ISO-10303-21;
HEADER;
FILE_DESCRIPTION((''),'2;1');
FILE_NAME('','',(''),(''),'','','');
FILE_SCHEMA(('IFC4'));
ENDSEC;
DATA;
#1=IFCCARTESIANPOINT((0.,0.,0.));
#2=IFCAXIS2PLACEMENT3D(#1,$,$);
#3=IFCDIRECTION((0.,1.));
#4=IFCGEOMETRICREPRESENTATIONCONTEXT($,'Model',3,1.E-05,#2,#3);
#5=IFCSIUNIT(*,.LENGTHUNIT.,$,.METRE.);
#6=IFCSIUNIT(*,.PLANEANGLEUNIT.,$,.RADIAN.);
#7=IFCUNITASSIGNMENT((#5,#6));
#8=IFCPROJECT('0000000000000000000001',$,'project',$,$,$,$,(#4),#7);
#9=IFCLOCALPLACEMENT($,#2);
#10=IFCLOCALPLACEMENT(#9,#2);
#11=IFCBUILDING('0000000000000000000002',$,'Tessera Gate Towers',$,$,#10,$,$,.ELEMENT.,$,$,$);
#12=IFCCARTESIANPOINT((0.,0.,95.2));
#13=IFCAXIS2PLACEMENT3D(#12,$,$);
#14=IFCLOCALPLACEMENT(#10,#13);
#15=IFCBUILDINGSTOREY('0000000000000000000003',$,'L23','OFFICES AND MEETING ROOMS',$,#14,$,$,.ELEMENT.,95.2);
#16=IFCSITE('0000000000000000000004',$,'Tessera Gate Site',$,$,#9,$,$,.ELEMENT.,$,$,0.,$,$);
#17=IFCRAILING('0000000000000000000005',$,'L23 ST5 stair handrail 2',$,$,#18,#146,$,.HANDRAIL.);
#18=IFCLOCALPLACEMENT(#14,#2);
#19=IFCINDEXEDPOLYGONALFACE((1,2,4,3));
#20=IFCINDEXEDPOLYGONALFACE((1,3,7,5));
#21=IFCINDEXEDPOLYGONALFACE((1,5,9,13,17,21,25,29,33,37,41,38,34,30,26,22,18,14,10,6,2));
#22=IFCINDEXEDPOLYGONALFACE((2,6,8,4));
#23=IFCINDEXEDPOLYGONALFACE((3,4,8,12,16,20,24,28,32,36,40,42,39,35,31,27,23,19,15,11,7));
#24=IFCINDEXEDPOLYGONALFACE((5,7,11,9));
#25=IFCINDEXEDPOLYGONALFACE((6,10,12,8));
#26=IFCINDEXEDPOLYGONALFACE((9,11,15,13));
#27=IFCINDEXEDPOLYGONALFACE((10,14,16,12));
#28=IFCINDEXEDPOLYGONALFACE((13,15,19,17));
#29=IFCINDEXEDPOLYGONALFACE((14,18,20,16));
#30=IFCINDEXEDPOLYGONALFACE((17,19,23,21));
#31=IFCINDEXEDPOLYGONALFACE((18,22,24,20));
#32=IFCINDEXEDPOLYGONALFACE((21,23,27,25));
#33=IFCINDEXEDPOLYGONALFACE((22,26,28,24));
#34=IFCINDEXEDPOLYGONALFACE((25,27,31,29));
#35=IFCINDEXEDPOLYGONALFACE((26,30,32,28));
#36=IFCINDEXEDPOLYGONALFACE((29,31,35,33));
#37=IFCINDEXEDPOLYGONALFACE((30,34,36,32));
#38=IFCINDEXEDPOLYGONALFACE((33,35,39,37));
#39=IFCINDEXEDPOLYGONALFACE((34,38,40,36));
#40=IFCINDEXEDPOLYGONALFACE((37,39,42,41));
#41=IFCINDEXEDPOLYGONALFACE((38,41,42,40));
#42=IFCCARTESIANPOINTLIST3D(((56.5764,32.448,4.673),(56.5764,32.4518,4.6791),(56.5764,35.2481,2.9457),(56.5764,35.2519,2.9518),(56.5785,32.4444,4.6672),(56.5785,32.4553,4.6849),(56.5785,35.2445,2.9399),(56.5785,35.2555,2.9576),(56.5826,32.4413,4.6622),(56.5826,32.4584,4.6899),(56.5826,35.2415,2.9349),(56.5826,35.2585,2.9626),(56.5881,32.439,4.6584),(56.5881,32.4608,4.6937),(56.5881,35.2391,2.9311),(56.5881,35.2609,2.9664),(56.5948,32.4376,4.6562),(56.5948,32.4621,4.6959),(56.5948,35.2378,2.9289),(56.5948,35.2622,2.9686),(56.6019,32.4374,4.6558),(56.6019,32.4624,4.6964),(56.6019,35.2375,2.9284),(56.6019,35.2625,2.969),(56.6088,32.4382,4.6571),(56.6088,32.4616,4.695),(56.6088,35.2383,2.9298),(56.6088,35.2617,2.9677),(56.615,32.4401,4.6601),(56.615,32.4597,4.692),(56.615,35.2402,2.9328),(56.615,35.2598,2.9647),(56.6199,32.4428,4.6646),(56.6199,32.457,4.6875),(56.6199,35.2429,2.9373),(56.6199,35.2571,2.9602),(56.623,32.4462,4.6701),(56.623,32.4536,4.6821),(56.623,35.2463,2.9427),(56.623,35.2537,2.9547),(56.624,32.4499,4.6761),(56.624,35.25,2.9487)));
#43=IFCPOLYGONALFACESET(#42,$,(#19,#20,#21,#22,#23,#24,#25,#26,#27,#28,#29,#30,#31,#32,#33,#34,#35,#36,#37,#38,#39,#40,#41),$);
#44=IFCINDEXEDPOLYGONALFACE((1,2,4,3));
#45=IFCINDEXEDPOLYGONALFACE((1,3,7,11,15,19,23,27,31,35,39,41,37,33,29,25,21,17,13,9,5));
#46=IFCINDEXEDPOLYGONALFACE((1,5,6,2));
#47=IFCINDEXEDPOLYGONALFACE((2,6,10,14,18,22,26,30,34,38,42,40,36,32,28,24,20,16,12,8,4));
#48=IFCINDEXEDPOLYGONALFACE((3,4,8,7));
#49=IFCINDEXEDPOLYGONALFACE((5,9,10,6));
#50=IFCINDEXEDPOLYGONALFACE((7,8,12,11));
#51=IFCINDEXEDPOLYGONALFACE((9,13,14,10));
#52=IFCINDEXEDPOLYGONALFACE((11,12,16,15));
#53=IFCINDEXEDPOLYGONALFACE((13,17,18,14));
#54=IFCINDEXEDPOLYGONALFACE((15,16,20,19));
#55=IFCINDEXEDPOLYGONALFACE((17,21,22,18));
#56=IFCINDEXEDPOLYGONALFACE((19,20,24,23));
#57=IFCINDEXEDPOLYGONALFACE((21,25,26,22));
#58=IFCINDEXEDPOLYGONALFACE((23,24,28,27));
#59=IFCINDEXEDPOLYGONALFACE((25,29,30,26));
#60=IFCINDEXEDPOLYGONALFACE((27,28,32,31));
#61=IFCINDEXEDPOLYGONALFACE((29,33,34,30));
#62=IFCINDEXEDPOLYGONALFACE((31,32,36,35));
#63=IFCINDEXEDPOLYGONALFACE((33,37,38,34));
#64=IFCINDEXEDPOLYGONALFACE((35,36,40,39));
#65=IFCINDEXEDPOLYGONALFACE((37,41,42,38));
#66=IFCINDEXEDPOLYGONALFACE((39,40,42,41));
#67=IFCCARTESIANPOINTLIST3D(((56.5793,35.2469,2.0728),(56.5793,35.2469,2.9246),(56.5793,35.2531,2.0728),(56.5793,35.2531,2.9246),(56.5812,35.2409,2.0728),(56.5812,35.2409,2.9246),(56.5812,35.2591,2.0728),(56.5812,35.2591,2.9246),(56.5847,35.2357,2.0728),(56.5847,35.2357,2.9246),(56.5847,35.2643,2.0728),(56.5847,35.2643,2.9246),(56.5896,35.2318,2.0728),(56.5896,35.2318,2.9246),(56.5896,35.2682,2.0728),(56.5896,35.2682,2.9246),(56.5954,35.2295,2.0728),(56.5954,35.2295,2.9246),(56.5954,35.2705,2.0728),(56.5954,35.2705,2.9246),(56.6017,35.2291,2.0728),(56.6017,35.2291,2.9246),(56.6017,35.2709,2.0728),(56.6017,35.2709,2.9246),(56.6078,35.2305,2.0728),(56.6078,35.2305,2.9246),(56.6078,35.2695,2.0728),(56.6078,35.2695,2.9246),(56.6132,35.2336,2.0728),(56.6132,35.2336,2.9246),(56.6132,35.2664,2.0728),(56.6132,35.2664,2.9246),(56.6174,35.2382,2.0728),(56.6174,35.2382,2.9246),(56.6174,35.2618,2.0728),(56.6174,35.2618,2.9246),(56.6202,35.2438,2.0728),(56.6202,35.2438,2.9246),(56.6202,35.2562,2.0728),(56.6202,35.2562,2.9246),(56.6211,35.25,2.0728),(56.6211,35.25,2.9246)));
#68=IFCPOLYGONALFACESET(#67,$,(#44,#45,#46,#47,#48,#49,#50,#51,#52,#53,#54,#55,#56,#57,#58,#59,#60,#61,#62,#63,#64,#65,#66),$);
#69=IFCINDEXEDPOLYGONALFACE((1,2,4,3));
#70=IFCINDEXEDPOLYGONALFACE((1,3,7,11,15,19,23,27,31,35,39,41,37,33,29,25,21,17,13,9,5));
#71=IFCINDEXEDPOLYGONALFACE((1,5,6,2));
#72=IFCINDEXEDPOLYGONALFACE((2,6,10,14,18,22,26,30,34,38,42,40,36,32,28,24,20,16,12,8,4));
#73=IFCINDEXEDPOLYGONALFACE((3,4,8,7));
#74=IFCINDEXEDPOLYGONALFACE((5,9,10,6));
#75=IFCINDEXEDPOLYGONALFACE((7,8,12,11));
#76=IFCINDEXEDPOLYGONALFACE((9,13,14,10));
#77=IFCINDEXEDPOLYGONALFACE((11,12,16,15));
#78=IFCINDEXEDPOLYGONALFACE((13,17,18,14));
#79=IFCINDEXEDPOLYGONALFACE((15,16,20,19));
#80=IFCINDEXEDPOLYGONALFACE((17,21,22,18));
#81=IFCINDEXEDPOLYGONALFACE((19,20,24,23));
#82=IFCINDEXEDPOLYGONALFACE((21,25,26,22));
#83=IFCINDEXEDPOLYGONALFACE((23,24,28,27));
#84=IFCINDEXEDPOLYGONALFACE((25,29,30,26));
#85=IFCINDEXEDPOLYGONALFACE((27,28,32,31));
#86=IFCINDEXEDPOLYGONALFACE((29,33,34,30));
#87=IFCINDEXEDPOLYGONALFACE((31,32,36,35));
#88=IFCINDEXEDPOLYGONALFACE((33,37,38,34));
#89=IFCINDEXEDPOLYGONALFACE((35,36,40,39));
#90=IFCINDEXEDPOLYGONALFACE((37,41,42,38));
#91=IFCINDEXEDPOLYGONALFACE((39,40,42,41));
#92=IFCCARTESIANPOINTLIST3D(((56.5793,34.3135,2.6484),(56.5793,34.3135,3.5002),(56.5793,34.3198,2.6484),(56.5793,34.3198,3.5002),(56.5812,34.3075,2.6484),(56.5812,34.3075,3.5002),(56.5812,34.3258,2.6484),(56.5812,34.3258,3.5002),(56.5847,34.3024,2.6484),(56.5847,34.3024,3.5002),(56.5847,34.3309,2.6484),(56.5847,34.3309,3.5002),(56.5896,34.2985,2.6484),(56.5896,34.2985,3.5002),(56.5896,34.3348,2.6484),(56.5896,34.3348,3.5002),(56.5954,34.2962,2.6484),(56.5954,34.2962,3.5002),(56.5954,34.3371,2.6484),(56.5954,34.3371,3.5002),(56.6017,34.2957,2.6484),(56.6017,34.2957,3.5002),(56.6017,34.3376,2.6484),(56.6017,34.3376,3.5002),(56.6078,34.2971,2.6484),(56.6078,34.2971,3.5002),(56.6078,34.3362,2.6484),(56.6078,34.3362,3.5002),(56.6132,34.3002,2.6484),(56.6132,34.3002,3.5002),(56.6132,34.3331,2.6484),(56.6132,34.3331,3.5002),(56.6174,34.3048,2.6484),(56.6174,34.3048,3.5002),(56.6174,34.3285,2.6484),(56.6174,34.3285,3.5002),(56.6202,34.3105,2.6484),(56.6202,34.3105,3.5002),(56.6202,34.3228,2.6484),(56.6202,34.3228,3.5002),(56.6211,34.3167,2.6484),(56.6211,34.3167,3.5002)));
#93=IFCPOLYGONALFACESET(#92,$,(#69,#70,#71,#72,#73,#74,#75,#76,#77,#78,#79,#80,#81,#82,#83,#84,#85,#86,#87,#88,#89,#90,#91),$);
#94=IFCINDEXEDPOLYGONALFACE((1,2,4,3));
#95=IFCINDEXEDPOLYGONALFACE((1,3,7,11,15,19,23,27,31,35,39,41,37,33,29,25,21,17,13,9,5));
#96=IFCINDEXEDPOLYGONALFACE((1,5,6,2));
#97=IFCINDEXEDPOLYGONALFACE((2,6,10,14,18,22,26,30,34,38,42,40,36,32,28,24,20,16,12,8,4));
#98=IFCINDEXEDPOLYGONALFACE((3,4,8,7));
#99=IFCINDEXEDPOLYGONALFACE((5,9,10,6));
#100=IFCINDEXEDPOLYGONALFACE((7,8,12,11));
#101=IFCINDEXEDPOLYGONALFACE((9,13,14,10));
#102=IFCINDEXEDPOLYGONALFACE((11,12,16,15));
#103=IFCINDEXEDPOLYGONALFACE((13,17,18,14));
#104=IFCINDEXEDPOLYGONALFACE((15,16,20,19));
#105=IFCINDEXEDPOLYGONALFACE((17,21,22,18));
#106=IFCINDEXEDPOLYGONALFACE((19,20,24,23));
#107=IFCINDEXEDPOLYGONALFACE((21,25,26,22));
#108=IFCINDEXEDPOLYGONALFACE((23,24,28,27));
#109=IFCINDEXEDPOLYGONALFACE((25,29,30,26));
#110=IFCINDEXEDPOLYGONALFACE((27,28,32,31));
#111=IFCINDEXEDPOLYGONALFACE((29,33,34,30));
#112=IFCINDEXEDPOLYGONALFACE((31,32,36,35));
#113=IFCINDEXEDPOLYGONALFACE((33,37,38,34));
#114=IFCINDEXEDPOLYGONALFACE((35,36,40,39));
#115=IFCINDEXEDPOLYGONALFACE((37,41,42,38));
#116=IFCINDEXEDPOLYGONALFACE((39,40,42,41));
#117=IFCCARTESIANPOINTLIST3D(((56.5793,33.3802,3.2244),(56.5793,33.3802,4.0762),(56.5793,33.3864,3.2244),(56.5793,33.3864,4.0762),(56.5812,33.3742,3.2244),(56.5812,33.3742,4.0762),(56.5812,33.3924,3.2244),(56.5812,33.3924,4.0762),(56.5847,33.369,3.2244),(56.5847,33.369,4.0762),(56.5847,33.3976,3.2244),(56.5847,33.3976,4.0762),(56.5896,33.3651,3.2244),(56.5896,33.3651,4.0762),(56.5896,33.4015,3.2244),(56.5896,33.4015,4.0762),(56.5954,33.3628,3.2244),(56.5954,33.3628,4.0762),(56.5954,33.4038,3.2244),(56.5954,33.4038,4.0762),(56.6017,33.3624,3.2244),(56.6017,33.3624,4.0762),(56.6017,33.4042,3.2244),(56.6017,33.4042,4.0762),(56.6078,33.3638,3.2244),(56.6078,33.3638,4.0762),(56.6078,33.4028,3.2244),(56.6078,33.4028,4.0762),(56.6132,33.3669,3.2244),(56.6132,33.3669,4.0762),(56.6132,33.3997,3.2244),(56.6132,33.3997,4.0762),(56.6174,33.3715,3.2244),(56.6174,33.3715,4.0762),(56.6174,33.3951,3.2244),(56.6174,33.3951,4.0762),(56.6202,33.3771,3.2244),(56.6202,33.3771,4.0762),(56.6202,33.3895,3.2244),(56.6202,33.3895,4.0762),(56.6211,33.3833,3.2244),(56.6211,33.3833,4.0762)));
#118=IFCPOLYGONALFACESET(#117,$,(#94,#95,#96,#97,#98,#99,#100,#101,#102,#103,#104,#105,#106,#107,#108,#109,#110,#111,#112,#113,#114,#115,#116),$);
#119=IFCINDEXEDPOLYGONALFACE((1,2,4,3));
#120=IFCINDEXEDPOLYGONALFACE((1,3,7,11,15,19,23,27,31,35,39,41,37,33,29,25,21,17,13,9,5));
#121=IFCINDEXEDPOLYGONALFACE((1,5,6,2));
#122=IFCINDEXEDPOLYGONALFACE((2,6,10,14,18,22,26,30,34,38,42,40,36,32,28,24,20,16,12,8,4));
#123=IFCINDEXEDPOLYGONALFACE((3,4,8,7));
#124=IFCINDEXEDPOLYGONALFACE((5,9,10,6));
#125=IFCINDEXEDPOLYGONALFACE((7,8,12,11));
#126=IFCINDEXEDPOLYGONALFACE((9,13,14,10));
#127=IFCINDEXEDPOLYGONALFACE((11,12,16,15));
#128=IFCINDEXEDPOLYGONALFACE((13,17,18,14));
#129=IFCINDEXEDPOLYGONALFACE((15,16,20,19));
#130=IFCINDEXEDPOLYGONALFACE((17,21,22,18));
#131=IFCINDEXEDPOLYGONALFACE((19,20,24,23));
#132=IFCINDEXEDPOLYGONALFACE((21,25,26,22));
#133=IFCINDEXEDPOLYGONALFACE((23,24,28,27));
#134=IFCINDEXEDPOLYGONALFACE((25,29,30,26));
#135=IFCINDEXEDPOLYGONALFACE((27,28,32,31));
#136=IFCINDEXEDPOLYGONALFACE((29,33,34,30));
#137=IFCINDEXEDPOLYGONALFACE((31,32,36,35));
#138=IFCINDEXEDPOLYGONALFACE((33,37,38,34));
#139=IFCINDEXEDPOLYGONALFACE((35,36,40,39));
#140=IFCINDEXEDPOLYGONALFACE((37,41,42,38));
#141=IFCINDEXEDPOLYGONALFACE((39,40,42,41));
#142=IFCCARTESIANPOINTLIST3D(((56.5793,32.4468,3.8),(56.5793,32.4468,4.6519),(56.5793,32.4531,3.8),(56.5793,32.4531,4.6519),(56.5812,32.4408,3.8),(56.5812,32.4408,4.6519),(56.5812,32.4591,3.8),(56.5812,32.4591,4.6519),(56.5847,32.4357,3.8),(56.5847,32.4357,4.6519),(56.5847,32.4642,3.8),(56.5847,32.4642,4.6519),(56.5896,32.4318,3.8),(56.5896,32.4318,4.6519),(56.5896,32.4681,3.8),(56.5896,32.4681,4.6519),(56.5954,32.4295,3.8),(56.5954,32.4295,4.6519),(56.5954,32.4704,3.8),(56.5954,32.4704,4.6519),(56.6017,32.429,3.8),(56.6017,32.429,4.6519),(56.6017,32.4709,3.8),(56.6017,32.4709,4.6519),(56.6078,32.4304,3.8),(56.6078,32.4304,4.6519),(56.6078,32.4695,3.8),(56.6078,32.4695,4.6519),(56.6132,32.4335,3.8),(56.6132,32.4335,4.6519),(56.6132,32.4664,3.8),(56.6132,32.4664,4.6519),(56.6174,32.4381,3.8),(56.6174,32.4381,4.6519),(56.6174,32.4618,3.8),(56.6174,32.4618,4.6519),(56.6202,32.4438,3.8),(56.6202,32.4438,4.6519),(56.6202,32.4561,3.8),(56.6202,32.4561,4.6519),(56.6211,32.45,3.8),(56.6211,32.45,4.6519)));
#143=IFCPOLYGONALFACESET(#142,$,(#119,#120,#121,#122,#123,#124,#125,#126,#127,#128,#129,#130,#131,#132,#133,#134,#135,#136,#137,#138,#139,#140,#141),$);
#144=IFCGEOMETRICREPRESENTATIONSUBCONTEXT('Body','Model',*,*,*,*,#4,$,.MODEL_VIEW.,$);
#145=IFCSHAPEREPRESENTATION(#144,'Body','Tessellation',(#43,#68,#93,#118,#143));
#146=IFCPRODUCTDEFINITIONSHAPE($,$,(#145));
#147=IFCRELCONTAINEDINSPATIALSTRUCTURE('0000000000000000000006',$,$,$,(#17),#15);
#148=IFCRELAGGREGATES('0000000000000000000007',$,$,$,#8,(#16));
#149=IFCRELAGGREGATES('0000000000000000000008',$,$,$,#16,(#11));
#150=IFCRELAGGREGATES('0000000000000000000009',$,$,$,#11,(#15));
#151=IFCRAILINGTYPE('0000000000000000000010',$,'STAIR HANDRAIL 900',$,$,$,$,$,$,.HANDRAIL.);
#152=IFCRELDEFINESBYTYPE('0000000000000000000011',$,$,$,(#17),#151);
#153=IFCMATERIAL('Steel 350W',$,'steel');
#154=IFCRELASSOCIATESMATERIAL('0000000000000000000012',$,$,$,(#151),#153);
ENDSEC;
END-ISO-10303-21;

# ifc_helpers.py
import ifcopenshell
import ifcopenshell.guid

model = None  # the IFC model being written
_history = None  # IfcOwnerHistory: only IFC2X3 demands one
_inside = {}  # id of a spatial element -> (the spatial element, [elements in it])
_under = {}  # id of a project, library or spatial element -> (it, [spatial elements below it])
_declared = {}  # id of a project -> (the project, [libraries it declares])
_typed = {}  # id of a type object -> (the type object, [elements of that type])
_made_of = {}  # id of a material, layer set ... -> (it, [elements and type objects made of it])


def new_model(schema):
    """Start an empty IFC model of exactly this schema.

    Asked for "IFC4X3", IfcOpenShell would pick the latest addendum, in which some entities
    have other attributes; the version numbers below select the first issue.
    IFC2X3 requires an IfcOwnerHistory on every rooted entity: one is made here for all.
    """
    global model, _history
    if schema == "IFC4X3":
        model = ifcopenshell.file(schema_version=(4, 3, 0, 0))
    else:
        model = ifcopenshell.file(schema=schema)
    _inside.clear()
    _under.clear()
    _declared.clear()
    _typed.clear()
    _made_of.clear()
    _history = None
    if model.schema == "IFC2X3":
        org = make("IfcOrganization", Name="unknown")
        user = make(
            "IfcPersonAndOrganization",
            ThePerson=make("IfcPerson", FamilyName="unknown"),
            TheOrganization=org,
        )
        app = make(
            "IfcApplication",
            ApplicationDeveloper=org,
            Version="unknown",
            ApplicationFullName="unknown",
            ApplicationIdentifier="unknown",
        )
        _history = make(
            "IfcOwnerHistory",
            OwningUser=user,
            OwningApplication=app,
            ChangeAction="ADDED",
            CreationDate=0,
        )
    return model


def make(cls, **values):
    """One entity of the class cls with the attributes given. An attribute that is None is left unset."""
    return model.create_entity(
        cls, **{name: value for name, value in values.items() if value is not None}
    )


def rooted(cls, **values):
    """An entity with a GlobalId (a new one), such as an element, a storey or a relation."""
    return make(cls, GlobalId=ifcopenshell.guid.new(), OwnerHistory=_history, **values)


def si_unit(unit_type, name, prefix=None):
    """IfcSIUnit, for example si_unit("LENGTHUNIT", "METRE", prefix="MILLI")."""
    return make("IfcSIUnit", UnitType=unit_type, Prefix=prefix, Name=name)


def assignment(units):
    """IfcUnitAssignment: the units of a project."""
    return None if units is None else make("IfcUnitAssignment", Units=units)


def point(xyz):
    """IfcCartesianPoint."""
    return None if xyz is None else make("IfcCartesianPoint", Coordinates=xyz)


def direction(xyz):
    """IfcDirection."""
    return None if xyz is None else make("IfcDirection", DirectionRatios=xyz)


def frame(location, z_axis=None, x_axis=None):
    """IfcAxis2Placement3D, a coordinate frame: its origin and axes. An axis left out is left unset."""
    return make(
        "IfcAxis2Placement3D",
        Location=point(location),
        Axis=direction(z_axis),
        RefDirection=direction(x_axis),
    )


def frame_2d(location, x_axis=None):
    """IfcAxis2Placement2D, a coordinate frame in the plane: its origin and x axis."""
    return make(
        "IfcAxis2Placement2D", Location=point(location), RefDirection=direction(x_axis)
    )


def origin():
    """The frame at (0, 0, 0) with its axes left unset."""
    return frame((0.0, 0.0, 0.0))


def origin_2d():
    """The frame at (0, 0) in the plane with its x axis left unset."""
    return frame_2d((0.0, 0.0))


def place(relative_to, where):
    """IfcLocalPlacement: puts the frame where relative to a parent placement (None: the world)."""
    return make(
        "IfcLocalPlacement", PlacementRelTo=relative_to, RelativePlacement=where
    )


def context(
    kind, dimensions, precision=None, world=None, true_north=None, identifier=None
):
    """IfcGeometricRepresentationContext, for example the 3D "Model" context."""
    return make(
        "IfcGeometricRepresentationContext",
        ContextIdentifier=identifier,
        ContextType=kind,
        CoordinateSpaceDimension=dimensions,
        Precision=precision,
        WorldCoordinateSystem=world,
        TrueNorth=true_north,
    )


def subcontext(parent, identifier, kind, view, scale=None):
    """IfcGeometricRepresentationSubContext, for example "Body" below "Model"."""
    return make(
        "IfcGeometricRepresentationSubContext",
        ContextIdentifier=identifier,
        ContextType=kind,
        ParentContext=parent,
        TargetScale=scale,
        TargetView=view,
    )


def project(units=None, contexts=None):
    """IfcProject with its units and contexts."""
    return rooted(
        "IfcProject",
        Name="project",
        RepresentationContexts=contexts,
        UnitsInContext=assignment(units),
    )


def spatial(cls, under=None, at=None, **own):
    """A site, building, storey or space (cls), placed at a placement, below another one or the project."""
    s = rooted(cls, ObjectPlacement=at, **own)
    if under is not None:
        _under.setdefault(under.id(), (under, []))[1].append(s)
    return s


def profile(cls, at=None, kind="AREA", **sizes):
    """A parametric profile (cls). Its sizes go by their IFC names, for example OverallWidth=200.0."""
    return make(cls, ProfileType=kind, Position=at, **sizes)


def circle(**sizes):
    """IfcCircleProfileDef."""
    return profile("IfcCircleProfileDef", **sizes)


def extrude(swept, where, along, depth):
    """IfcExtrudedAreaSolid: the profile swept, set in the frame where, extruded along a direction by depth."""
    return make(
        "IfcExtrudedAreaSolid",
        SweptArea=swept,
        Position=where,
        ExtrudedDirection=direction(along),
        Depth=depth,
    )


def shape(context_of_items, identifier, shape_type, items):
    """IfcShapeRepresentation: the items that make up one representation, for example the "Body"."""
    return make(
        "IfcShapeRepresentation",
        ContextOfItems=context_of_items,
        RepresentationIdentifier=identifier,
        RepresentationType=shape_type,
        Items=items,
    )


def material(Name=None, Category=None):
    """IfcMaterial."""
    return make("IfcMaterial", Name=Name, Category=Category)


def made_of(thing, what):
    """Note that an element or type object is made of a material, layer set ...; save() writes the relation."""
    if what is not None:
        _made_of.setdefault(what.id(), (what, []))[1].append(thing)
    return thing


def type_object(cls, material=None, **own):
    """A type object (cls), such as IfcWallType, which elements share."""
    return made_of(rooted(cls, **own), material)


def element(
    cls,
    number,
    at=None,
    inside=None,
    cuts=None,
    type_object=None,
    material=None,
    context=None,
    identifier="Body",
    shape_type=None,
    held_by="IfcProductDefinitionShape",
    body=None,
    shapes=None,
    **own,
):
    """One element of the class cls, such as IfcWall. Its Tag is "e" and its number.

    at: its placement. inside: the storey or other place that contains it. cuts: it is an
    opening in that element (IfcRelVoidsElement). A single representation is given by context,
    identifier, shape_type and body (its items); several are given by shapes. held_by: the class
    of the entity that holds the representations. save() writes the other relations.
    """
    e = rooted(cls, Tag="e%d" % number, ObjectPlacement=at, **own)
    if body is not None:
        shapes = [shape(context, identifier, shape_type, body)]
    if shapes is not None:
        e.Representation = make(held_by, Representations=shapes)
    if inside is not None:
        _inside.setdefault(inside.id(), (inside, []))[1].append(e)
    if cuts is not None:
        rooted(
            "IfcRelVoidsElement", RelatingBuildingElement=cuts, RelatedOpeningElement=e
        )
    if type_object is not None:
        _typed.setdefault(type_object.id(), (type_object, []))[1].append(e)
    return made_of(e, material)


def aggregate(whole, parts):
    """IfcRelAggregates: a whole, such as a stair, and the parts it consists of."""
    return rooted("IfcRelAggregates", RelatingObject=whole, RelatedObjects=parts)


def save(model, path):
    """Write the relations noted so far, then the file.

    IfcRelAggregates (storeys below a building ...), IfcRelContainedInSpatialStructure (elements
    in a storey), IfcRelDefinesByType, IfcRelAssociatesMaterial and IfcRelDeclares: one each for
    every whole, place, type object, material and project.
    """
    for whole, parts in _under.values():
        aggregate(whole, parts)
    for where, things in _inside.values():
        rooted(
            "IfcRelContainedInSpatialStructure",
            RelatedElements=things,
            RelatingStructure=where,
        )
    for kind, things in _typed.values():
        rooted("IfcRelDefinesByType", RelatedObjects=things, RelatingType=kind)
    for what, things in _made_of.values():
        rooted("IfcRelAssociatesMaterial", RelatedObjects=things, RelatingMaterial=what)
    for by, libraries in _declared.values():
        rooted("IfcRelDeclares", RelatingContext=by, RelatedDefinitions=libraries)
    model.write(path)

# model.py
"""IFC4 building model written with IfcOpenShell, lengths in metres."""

from ifc_helpers import new_model, si_unit, direction, frame, origin, origin_2d, place, context, subcontext, project, spatial, circle, extrude, material, type_object, element, save


model = new_model("IFC4")

# Units and contexts
model_context = context("Model", 3, precision=1e-05, world=origin(), true_north=direction((0.0, 1.0)))
body_context = subcontext(model_context, "Body", "Model", "MODEL_VIEW")
ifc_project = project(units=[si_unit("LENGTHUNIT", "METRE"), si_unit("PLANEANGLEUNIT", "RADIAN")], contexts=[model_context])

# Site, building, storey
site_placement = place(None, origin())
site = spatial("IfcSite", under=ifc_project, at=site_placement, Name="Tessera Gate Site", CompositionType="ELEMENT", RefElevation=0.0)
building_placement = place(site_placement, origin())
building = spatial("IfcBuilding", under=site, at=building_placement, Name="Tessera Gate Towers", CompositionType="ELEMENT")
storey_placement = place(building_placement, frame((0.0, 0.0, 95.2)))
storey = spatial("IfcBuildingStorey", under=building, at=storey_placement, Name="L23", Description="OFFICES AND MEETING ROOMS", CompositionType="ELEMENT", Elevation=95.2)

# Railing
ifc_material_1 = material(Name="Steel 350W", Category="steel")
railing_type_1 = type_object("IfcRailingType", Name="STAIR HANDRAIL 900", PredefinedType="HANDRAIL", material=ifc_material_1)
railing_1_placement = place(storey_placement, frame((56.6001, 35.25, 2.0728)))
element("IfcRailing", 1, at=railing_1_placement, inside=storey, type_object=railing_type_1, Name="L23 ST5 stair handrail 2", PredefinedType="HANDRAIL", context=body_context, shape_type="SweptSolid", body=[
    extrude(circle(Radius=0.0239, at=origin_2d()), frame((0.0, 0.0, 0.876), z_axis=(0.0, -0.85109, 0.52502), x_axis=(1.0, 0.0, 0.0)), (0.0, 0.0, 1.0), 3.29),
    extrude(circle(Radius=0.021, at=origin_2d()), origin(), (0.0, 0.0, 1.0), 0.8518),
    extrude(circle(Radius=0.021, at=origin_2d()), frame((0.0, -0.9333, 0.5757)), (0.0, 0.0, 1.0), 0.8518),
    extrude(circle(Radius=0.021, at=origin_2d()), frame((0.0, -1.8667, 1.1516)), (0.0, 0.0, 1.0), 0.8518),
    extrude(circle(Radius=0.021, at=origin_2d()), frame((0.0, -2.8, 1.7273)), (0.0, 0.0, 1.0), 0.8518),
])

save(model, "model.ifc")
